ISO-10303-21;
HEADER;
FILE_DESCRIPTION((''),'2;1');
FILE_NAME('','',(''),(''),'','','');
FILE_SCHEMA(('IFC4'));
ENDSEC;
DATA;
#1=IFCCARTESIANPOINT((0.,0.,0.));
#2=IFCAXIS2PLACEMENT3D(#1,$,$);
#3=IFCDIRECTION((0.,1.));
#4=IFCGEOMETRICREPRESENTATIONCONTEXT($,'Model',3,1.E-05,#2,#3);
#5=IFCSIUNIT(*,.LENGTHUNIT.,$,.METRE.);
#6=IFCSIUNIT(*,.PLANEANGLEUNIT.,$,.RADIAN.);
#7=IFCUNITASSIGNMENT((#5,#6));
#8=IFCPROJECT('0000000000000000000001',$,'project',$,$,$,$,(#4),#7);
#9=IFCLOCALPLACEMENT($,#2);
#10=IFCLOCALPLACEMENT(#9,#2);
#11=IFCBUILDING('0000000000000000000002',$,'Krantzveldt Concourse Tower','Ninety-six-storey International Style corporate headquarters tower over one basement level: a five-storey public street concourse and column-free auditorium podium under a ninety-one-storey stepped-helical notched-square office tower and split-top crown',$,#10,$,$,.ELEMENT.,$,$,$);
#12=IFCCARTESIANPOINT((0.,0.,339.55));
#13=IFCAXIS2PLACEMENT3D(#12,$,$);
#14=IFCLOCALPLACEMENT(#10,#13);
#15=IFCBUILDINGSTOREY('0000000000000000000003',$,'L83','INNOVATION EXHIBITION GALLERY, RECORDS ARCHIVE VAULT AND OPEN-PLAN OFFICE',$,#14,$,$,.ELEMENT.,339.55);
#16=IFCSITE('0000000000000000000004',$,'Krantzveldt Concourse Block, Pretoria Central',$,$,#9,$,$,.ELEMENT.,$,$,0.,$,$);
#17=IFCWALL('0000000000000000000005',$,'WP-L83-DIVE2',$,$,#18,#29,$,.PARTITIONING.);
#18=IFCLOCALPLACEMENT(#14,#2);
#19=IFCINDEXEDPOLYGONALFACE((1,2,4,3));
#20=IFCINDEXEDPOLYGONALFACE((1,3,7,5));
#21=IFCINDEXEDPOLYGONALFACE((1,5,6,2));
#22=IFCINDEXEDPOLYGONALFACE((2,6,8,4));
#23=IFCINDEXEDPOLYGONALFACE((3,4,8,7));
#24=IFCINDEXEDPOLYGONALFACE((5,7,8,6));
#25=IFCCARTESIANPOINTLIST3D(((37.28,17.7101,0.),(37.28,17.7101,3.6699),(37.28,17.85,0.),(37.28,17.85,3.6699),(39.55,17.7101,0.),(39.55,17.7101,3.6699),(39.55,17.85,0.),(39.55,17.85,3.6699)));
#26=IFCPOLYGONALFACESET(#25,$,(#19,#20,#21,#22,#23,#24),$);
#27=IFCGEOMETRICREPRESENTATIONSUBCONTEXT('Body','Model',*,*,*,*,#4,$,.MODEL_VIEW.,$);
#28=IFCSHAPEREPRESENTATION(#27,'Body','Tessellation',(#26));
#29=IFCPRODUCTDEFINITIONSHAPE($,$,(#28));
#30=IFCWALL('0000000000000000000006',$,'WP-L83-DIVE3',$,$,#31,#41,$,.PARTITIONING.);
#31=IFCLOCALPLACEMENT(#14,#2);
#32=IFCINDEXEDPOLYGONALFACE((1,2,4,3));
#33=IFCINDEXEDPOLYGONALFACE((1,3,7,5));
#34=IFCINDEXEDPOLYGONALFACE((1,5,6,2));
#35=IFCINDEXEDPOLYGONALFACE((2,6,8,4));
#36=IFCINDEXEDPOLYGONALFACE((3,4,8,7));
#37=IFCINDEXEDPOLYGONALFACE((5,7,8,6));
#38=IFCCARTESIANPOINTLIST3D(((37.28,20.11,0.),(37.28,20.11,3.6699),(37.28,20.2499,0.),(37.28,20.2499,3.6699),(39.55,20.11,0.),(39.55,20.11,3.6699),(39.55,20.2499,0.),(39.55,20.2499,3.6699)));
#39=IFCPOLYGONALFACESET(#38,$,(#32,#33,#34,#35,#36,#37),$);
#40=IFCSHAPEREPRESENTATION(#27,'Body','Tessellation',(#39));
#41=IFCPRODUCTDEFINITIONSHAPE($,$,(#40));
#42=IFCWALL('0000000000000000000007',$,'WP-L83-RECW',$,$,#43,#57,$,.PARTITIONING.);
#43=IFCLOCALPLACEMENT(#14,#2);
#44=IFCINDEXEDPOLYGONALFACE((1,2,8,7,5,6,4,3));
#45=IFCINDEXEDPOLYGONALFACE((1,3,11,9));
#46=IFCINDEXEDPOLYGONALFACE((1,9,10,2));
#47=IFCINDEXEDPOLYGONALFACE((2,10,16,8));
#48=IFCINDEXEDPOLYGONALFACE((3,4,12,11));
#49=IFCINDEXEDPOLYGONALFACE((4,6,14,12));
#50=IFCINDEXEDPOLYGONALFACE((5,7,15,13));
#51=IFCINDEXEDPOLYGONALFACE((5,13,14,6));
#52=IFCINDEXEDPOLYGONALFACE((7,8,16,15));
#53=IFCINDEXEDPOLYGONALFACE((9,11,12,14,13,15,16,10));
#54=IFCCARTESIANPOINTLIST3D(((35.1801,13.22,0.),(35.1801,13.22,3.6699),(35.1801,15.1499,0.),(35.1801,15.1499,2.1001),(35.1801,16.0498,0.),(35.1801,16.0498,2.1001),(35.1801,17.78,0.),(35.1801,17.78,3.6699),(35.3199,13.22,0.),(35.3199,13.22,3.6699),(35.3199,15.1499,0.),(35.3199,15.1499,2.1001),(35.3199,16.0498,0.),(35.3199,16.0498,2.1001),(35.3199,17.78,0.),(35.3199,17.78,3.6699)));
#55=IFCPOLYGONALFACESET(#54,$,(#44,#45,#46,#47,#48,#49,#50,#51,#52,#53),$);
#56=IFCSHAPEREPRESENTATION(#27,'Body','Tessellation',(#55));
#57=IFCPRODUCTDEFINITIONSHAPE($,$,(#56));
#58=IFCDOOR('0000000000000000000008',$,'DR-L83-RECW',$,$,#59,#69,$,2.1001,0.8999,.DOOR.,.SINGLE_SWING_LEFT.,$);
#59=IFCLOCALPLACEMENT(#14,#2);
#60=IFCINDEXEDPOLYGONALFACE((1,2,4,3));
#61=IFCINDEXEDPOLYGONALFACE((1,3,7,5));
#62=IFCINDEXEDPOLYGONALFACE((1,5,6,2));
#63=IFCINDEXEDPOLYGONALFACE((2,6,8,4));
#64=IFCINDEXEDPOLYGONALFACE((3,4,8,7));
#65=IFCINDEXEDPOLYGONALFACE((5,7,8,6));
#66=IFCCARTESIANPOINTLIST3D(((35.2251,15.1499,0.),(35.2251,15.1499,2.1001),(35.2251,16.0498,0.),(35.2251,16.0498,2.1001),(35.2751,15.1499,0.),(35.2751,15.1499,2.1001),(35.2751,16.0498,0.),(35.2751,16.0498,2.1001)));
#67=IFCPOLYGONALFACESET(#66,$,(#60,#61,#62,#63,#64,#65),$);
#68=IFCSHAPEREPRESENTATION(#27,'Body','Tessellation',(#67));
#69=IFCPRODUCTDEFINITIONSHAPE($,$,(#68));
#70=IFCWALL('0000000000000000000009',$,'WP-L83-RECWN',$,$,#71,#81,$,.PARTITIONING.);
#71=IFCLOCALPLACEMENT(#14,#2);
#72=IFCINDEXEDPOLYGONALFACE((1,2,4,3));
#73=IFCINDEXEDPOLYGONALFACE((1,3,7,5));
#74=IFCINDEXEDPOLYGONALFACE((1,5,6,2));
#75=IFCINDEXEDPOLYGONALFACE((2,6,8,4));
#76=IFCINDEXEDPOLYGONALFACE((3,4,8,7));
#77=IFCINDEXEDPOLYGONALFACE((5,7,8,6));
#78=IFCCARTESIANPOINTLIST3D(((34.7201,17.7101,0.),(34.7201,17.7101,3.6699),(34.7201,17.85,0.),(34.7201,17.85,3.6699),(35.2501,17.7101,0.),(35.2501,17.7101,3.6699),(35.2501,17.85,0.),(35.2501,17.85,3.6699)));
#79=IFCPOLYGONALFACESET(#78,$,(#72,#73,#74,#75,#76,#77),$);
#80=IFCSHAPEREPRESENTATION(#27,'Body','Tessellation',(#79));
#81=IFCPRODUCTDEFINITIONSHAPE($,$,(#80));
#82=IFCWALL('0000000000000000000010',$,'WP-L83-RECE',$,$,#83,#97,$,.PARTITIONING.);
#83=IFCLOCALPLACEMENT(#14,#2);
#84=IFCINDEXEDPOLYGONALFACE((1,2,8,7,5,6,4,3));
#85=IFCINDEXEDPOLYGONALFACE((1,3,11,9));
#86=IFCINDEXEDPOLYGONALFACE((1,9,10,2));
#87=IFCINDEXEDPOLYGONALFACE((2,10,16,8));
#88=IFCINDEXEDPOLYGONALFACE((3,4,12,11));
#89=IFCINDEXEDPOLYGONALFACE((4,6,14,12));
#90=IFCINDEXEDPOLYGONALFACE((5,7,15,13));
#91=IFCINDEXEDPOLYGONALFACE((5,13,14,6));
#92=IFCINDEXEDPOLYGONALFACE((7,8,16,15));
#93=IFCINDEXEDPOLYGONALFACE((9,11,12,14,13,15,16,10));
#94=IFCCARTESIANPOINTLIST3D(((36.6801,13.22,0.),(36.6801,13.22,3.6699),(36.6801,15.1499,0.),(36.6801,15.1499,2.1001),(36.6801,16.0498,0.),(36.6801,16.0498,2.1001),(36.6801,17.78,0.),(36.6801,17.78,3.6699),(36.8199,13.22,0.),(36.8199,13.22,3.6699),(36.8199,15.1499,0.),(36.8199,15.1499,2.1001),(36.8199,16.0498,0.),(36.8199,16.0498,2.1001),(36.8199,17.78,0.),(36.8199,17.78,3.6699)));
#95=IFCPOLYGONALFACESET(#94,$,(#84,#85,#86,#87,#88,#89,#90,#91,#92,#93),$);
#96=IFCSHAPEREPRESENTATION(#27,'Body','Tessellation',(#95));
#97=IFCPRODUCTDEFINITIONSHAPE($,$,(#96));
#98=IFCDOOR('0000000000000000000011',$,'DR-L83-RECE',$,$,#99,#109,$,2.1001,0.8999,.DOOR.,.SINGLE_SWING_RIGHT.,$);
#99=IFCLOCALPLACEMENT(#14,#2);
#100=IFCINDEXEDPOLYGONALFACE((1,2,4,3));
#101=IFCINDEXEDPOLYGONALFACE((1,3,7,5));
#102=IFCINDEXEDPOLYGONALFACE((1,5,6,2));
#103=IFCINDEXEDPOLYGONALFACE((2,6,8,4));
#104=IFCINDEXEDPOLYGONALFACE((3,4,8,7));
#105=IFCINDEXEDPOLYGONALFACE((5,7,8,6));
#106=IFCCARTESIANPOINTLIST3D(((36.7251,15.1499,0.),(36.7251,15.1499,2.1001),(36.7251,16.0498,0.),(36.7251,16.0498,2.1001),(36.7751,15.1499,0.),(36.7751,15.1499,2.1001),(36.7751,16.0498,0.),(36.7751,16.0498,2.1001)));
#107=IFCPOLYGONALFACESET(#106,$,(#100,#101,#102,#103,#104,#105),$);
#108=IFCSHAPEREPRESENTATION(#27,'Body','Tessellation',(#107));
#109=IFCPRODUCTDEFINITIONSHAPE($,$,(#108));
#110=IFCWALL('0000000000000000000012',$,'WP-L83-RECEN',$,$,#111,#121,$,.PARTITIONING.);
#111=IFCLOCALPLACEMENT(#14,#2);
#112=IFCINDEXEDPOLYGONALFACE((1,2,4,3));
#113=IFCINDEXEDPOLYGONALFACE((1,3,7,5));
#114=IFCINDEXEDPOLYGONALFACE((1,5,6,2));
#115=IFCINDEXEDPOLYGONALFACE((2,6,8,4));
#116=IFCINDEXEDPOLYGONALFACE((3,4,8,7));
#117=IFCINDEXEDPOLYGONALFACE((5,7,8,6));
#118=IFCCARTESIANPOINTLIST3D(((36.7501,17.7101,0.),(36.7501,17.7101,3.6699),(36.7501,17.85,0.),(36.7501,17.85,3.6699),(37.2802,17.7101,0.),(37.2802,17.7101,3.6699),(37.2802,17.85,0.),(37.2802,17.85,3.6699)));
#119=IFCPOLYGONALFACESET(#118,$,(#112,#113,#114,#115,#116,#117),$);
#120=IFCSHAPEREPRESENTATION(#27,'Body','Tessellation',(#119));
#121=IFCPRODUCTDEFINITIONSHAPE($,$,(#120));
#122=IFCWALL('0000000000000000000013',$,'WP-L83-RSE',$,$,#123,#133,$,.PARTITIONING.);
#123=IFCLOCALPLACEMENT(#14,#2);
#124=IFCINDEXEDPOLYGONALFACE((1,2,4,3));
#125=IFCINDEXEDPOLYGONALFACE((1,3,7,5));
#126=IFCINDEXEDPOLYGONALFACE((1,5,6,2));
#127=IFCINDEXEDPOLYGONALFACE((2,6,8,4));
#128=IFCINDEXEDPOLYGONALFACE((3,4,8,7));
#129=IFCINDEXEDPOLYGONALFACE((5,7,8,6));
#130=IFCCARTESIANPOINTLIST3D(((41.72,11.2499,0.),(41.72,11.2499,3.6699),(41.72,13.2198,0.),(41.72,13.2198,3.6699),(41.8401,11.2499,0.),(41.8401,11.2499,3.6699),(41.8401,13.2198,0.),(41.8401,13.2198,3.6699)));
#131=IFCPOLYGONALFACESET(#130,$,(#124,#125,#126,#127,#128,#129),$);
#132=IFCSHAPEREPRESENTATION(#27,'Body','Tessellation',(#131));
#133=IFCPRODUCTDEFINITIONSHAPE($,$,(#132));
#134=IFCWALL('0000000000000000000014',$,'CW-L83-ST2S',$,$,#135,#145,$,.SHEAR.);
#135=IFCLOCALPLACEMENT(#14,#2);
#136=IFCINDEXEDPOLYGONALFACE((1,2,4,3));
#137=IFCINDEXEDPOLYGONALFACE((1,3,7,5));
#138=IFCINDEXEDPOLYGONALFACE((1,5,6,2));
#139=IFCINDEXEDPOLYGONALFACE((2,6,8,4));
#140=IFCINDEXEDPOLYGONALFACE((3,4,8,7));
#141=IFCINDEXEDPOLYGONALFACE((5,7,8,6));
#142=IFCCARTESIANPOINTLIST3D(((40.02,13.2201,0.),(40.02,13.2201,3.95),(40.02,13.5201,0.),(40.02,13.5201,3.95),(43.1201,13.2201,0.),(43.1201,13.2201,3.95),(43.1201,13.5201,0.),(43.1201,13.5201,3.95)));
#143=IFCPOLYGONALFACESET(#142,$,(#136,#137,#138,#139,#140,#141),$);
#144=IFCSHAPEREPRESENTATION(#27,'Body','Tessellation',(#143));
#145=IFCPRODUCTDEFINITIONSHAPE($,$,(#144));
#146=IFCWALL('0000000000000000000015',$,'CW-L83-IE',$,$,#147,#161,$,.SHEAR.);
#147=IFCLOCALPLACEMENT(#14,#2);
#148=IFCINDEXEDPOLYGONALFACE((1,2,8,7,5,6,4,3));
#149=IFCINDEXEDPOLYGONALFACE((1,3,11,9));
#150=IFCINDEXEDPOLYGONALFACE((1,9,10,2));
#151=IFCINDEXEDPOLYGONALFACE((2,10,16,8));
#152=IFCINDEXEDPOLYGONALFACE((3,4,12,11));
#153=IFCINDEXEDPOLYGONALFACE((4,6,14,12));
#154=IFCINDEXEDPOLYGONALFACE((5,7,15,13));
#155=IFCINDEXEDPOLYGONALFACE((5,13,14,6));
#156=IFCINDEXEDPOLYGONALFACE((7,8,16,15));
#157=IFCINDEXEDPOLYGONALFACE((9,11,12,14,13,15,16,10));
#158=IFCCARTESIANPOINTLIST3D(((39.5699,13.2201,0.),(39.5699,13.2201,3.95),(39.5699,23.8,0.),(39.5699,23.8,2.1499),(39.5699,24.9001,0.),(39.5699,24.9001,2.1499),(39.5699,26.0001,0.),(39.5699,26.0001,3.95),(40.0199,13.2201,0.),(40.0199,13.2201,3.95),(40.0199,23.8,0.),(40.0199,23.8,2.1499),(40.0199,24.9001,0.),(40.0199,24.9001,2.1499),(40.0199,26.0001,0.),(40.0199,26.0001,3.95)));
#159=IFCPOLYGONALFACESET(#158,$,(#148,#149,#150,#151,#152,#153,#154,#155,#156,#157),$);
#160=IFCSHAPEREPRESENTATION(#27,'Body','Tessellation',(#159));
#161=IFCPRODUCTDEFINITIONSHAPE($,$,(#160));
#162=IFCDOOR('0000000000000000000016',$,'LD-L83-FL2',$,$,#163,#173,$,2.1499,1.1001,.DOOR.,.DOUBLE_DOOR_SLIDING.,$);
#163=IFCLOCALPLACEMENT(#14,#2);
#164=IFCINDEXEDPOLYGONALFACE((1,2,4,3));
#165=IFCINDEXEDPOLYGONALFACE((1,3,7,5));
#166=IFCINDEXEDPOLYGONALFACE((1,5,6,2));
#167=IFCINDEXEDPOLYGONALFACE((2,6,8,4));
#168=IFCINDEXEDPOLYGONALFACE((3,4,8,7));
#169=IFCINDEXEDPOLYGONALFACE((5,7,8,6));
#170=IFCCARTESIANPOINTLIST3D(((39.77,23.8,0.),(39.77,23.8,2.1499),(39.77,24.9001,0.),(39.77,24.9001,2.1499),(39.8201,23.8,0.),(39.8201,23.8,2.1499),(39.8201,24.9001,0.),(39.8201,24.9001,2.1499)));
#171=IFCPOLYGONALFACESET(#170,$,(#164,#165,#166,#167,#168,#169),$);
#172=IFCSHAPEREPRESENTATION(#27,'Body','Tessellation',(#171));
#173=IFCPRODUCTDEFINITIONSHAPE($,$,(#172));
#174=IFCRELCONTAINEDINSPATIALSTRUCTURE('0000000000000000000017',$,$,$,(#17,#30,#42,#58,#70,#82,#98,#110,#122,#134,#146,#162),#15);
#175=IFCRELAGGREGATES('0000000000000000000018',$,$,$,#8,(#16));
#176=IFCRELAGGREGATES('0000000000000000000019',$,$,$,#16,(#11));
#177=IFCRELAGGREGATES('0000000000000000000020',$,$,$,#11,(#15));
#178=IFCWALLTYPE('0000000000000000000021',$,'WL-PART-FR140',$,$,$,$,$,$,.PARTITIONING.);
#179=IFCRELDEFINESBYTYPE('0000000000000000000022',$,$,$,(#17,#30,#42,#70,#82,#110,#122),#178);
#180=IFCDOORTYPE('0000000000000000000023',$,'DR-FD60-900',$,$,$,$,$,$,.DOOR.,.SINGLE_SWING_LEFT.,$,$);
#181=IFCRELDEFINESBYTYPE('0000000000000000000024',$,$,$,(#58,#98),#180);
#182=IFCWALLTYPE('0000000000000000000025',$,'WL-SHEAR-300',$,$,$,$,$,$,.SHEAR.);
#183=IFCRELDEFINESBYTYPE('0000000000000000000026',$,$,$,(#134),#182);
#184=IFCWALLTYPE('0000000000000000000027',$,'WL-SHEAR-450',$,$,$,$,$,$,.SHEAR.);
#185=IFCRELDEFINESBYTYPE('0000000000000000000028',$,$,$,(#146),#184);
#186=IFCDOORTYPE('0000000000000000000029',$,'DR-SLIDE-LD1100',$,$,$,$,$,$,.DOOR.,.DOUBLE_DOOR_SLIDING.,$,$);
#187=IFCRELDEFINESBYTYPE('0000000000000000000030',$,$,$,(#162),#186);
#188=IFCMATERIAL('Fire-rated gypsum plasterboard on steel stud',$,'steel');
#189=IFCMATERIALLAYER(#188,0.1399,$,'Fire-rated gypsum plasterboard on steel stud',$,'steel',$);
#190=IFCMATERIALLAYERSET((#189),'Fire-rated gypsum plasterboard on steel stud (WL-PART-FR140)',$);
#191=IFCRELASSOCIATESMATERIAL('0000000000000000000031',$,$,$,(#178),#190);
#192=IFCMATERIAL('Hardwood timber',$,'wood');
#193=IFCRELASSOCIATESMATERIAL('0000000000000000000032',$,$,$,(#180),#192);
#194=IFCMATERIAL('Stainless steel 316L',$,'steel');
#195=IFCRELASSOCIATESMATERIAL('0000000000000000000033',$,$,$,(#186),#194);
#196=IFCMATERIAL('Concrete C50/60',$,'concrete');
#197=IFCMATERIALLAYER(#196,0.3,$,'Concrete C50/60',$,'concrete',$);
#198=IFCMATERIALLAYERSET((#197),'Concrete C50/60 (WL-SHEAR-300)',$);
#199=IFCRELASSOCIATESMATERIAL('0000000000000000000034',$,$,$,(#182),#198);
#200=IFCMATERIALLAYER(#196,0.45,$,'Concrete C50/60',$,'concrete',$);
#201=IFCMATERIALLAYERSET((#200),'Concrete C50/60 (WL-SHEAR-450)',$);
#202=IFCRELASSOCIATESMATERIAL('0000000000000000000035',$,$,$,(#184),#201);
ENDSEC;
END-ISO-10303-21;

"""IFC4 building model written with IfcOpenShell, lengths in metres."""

from ifc_helpers import new_model, si_unit, direction, frame, frame_2d, origin, place, context, subcontext, project, spatial, rectangle, extrude, material, layer, layer_set, type_object, element, fill, save


model = new_model("IFC4")

# Units and contexts
model_context = context("Model", 3, precision=1e-05, world=origin(), true_north=direction((0.0, 1.0)))
body_context = subcontext(model_context, "Body", "Model", "MODEL_VIEW")
ifc_project = project(units=[si_unit("LENGTHUNIT", "METRE"), si_unit("PLANEANGLEUNIT", "RADIAN")], contexts=[model_context])

# Site, building, storey
site_placement = place(None, origin())
site = spatial("IfcSite", under=ifc_project, at=site_placement, Name="Krantzveldt Concourse Block, Pretoria Central", CompositionType="ELEMENT", RefElevation=0.0)
building_placement = place(site_placement, origin())
building = spatial("IfcBuilding", under=site, at=building_placement, Name="Krantzveldt Concourse Tower", Description="Ninety-six-storey International Style corporate headquarters tower over one basement level: a five-storey public street concourse and column-free auditorium podium under a ninety-one-storey stepped-helical notched-square office tower and split-top crown", CompositionType="ELEMENT")
storey_placement = place(building_placement, frame((0.0, 0.0, 339.55)))
storey = spatial("IfcBuildingStorey", under=building, at=storey_placement, Name="L83", Description="INNOVATION EXHIBITION GALLERY, RECORDS ARCHIVE VAULT AND OPEN-PLAN OFFICE", CompositionType="ELEMENT", Elevation=339.55)

# Shared definitions
ifc_material_1 = material(Name="Fire-rated gypsum plasterboard on steel stud", Category="steel")

# Shared definitions
ifc_layer_1 = layer(ifc_material_1, 0.1399, Name="Fire-rated gypsum plasterboard on steel stud", Category="steel")
ifc_layer_set_1 = layer_set([ifc_layer_1], Name="Fire-rated gypsum plasterboard on steel stud (WL-PART-FR140)")
wall_type_1 = type_object("IfcWallType", Name="WL-PART-FR140", PredefinedType="PARTITIONING", material=ifc_layer_set_1)
ifc_material_2 = material(Name="Hardwood timber", Category="wood")
door_type_1 = type_object("IfcDoorType", Name="DR-FD60-900", OperationType="SINGLE_SWING_LEFT", PredefinedType="DOOR", material=ifc_material_2)
ifc_material_3 = material(Name="Stainless steel 316L", Category="steel")
door_type_2 = type_object("IfcDoorType", Name="DR-SLIDE-LD1100", OperationType="DOUBLE_DOOR_SLIDING", PredefinedType="DOOR", material=ifc_material_3)

# Walls
for number, where, z_axis, x_axis, name in (
    (1, (37.28, 17.78, 0.0), (0.0, 0.0, 1.0), (1.0, 0.0, 0.0), "WP-L83-DIVE2"),
    (2, (37.28, 20.1799, 0.0), (0.0, 0.0, 1.0), (1.0, 0.0, 0.0), "WP-L83-DIVE3"),
):
    element("IfcWall", number, at=place(storey_placement, frame(where, z_axis=z_axis, x_axis=x_axis)), inside=storey, type_object=wall_type_1, Name=name, PredefinedType="PARTITIONING", context=body_context, shape_type="SweptSolid", body=[
        extrude(rectangle(XDim=2.27, YDim=0.1399, at=frame_2d((1.135, 0.0))), origin(), (0.0, 0.0, 1.0), 3.6699),
    ])

# Wall, opening, door
wall_1_placement = place(storey_placement, frame((35.25, 13.22, 0.0), z_axis=(0.0, 0.0, 1.0), x_axis=(0.0, 1.0, 0.0)))
wall_1 = element("IfcWall", 3, at=wall_1_placement, inside=storey, type_object=wall_type_1, Name="WP-L83-RECW", PredefinedType="PARTITIONING", context=body_context, shape_type="SweptSolid", body=[
    extrude(rectangle(XDim=4.5601, YDim=0.1399, at=frame_2d((2.28, 0.0))), origin(), (0.0, 0.0, 1.0), 3.6699),
])
opening_1_placement = place(wall_1_placement, frame((1.9299, 0.0, 0.0)))
opening_1 = element("IfcOpeningElement", 4, at=opening_1_placement, cuts=wall_1, PredefinedType="OPENING", context=body_context, shape_type="SweptSolid", body=[
    extrude(rectangle(XDim=0.8999, YDim=2.1001, at=frame_2d((0.45, 1.05))), frame((0.0, 0.0801, 0.0), z_axis=(0.0, -1.0, 0.0), x_axis=(1.0, 0.0, 0.0)), (0.0, 0.0, 1.0), 0.1599),
])
door_1_placement = place(opening_1_placement, origin())
door_1 = element("IfcDoor", 5, at=door_1_placement, inside=storey, type_object=door_type_1, Name="DR-L83-RECW", OperationType="SINGLE_SWING_LEFT", OverallHeight=2.1001, OverallWidth=0.8999, PredefinedType="DOOR", context=body_context, shape_type="SweptSolid", body=[
    extrude(rectangle(XDim=0.8999, YDim=2.1001, at=frame_2d((0.45, 1.05))), frame((0.0, 0.0249, 0.0), z_axis=(0.0, -1.0, 0.0), x_axis=(1.0, 0.0, 0.0)), (0.0, 0.0, 1.0), 0.05),
])
fill(opening_1, door_1)

# Wall
wall_2_placement = place(storey_placement, frame((34.72, 17.78, 0.0), z_axis=(0.0, 0.0, 1.0), x_axis=(1.0, 0.0, 0.0)))
element("IfcWall", 6, at=wall_2_placement, inside=storey, type_object=wall_type_1, Name="WP-L83-RECWN", PredefinedType="PARTITIONING", context=body_context, shape_type="SweptSolid", body=[
    extrude(rectangle(XDim=0.53, YDim=0.1399, at=frame_2d((0.2651, 0.0))), origin(), (0.0, 0.0, 1.0), 3.6699),
])

# Wall, opening, door
wall_3_placement = place(storey_placement, frame((36.75, 13.22, 0.0), z_axis=(0.0, 0.0, 1.0), x_axis=(0.0, 1.0, 0.0)))
wall_3 = element("IfcWall", 7, at=wall_3_placement, inside=storey, type_object=wall_type_1, Name="WP-L83-RECE", PredefinedType="PARTITIONING", context=body_context, shape_type="SweptSolid", body=[
    extrude(rectangle(XDim=4.5601, YDim=0.1399, at=frame_2d((2.28, 0.0))), origin(), (0.0, 0.0, 1.0), 3.6699),
])
opening_2_placement = place(wall_3_placement, frame((1.9299, 0.0, 0.0)))
opening_2 = element("IfcOpeningElement", 8, at=opening_2_placement, cuts=wall_3, PredefinedType="OPENING", context=body_context, shape_type="SweptSolid", body=[
    extrude(rectangle(XDim=0.8999, YDim=2.1001, at=frame_2d((0.45, 1.05))), frame((0.0, 0.0801, 0.0), z_axis=(0.0, -1.0, 0.0), x_axis=(1.0, 0.0, 0.0)), (0.0, 0.0, 1.0), 0.1599),
])
door_2_placement = place(opening_2_placement, origin())
door_2 = element("IfcDoor", 9, at=door_2_placement, inside=storey, type_object=door_type_1, Name="DR-L83-RECE", OperationType="SINGLE_SWING_RIGHT", OverallHeight=2.1001, OverallWidth=0.8999, PredefinedType="DOOR", context=body_context, shape_type="SweptSolid", body=[
    extrude(rectangle(XDim=0.8999, YDim=2.1001, at=frame_2d((0.45, 1.05))), frame((0.0, 0.0249, 0.0), z_axis=(0.0, -1.0, 0.0), x_axis=(1.0, 0.0, 0.0)), (0.0, 0.0, 1.0), 0.05),
])
fill(opening_2, door_2)

# Walls
wall_4_placement = place(storey_placement, frame((36.75, 17.78, 0.0), z_axis=(0.0, 0.0, 1.0), x_axis=(1.0, 0.0, 0.0)))
element("IfcWall", 10, at=wall_4_placement, inside=storey, type_object=wall_type_1, Name="WP-L83-RECEN", PredefinedType="PARTITIONING", context=body_context, shape_type="SweptSolid", body=[
    extrude(rectangle(XDim=0.53, YDim=0.1399, at=frame_2d((0.2651, 0.0))), origin(), (0.0, 0.0, 1.0), 3.6699),
])
wall_5_placement = place(storey_placement, frame((41.78, 11.25, 0.0), z_axis=(0.0, 0.0, 1.0), x_axis=(0.0, 1.0, 0.0)))
element("IfcWall", 11, at=wall_5_placement, inside=storey, type_object=wall_type_1, Name="WP-L83-RSE", PredefinedType="PARTITIONING", context=body_context, shape_type="SweptSolid", body=[
    extrude(rectangle(XDim=1.97, YDim=0.1201, at=frame_2d((0.9849, 0.0))), origin(), (0.0, 0.0, 1.0), 3.6699),
])
ifc_material_4 = material(Name="Concrete C50/60", Category="concrete")
ifc_layer_2 = layer(ifc_material_4, 0.3, Name="Concrete C50/60", Category="concrete")
ifc_layer_set_2 = layer_set([ifc_layer_2], Name="Concrete C50/60 (WL-SHEAR-300)")
wall_type_2 = type_object("IfcWallType", Name="WL-SHEAR-300", PredefinedType="SHEAR", material=ifc_layer_set_2)
wall_6_placement = place(storey_placement, frame((40.02, 13.3701, 0.0), z_axis=(0.0, 0.0, 1.0), x_axis=(1.0, 0.0, 0.0)))
element("IfcWall", 12, at=wall_6_placement, inside=storey, type_object=wall_type_2, Name="CW-L83-ST2S", PredefinedType="SHEAR", context=body_context, shape_type="SweptSolid", body=[
    extrude(rectangle(XDim=3.1001, YDim=0.3, at=frame_2d((1.55, 0.0))), origin(), (0.0, 0.0, 1.0), 3.95),
])

# Wall, opening, door
ifc_layer_3 = layer(ifc_material_4, 0.45, Name="Concrete C50/60", Category="concrete")
ifc_layer_set_3 = layer_set([ifc_layer_3], Name="Concrete C50/60 (WL-SHEAR-450)")
wall_type_3 = type_object("IfcWallType", Name="WL-SHEAR-450", PredefinedType="SHEAR", material=ifc_layer_set_3)
wall_7_placement = place(storey_placement, frame((39.7949, 13.22, 0.0), z_axis=(0.0, 0.0, 1.0), x_axis=(0.0, 1.0, 0.0)))
wall_7 = element("IfcWall", 13, at=wall_7_placement, inside=storey, type_object=wall_type_3, Name="CW-L83-IE", PredefinedType="SHEAR", context=body_context, shape_type="SweptSolid", body=[
    extrude(rectangle(XDim=12.78, YDim=0.45, at=frame_2d((6.3901, 0.0))), origin(), (0.0, 0.0, 1.0), 3.95),
])
opening_3_placement = place(wall_7_placement, frame((10.5801, 0.0, 0.0)))
opening_3 = element("IfcOpeningElement", 14, at=opening_3_placement, cuts=wall_7, PredefinedType="OPENING", context=body_context, shape_type="SweptSolid", body=[
    extrude(rectangle(XDim=1.1001, YDim=2.1499, at=frame_2d((0.55, 1.075))), frame((0.0, 0.2349, 0.0), z_axis=(0.0, -1.0, 0.0), x_axis=(1.0, 0.0, 0.0)), (0.0, 0.0, 1.0), 0.47),
])
door_3_placement = place(opening_3_placement, origin())
door_3 = element("IfcDoor", 15, at=door_3_placement, inside=storey, type_object=door_type_2, Name="LD-L83-FL2", OperationType="DOUBLE_DOOR_SLIDING", OverallHeight=2.1499, OverallWidth=1.1001, PredefinedType="DOOR", context=body_context, shape_type="SweptSolid", body=[
    extrude(rectangle(XDim=1.1001, YDim=2.1499, at=frame_2d((0.55, 1.075))), frame((0.0, 0.0249, 0.0), z_axis=(0.0, -1.0, 0.0), x_axis=(1.0, 0.0, 0.0)), (0.0, 0.0, 1.0), 0.05),
])
fill(opening_3, door_3)

save(model, "model.ifc")
